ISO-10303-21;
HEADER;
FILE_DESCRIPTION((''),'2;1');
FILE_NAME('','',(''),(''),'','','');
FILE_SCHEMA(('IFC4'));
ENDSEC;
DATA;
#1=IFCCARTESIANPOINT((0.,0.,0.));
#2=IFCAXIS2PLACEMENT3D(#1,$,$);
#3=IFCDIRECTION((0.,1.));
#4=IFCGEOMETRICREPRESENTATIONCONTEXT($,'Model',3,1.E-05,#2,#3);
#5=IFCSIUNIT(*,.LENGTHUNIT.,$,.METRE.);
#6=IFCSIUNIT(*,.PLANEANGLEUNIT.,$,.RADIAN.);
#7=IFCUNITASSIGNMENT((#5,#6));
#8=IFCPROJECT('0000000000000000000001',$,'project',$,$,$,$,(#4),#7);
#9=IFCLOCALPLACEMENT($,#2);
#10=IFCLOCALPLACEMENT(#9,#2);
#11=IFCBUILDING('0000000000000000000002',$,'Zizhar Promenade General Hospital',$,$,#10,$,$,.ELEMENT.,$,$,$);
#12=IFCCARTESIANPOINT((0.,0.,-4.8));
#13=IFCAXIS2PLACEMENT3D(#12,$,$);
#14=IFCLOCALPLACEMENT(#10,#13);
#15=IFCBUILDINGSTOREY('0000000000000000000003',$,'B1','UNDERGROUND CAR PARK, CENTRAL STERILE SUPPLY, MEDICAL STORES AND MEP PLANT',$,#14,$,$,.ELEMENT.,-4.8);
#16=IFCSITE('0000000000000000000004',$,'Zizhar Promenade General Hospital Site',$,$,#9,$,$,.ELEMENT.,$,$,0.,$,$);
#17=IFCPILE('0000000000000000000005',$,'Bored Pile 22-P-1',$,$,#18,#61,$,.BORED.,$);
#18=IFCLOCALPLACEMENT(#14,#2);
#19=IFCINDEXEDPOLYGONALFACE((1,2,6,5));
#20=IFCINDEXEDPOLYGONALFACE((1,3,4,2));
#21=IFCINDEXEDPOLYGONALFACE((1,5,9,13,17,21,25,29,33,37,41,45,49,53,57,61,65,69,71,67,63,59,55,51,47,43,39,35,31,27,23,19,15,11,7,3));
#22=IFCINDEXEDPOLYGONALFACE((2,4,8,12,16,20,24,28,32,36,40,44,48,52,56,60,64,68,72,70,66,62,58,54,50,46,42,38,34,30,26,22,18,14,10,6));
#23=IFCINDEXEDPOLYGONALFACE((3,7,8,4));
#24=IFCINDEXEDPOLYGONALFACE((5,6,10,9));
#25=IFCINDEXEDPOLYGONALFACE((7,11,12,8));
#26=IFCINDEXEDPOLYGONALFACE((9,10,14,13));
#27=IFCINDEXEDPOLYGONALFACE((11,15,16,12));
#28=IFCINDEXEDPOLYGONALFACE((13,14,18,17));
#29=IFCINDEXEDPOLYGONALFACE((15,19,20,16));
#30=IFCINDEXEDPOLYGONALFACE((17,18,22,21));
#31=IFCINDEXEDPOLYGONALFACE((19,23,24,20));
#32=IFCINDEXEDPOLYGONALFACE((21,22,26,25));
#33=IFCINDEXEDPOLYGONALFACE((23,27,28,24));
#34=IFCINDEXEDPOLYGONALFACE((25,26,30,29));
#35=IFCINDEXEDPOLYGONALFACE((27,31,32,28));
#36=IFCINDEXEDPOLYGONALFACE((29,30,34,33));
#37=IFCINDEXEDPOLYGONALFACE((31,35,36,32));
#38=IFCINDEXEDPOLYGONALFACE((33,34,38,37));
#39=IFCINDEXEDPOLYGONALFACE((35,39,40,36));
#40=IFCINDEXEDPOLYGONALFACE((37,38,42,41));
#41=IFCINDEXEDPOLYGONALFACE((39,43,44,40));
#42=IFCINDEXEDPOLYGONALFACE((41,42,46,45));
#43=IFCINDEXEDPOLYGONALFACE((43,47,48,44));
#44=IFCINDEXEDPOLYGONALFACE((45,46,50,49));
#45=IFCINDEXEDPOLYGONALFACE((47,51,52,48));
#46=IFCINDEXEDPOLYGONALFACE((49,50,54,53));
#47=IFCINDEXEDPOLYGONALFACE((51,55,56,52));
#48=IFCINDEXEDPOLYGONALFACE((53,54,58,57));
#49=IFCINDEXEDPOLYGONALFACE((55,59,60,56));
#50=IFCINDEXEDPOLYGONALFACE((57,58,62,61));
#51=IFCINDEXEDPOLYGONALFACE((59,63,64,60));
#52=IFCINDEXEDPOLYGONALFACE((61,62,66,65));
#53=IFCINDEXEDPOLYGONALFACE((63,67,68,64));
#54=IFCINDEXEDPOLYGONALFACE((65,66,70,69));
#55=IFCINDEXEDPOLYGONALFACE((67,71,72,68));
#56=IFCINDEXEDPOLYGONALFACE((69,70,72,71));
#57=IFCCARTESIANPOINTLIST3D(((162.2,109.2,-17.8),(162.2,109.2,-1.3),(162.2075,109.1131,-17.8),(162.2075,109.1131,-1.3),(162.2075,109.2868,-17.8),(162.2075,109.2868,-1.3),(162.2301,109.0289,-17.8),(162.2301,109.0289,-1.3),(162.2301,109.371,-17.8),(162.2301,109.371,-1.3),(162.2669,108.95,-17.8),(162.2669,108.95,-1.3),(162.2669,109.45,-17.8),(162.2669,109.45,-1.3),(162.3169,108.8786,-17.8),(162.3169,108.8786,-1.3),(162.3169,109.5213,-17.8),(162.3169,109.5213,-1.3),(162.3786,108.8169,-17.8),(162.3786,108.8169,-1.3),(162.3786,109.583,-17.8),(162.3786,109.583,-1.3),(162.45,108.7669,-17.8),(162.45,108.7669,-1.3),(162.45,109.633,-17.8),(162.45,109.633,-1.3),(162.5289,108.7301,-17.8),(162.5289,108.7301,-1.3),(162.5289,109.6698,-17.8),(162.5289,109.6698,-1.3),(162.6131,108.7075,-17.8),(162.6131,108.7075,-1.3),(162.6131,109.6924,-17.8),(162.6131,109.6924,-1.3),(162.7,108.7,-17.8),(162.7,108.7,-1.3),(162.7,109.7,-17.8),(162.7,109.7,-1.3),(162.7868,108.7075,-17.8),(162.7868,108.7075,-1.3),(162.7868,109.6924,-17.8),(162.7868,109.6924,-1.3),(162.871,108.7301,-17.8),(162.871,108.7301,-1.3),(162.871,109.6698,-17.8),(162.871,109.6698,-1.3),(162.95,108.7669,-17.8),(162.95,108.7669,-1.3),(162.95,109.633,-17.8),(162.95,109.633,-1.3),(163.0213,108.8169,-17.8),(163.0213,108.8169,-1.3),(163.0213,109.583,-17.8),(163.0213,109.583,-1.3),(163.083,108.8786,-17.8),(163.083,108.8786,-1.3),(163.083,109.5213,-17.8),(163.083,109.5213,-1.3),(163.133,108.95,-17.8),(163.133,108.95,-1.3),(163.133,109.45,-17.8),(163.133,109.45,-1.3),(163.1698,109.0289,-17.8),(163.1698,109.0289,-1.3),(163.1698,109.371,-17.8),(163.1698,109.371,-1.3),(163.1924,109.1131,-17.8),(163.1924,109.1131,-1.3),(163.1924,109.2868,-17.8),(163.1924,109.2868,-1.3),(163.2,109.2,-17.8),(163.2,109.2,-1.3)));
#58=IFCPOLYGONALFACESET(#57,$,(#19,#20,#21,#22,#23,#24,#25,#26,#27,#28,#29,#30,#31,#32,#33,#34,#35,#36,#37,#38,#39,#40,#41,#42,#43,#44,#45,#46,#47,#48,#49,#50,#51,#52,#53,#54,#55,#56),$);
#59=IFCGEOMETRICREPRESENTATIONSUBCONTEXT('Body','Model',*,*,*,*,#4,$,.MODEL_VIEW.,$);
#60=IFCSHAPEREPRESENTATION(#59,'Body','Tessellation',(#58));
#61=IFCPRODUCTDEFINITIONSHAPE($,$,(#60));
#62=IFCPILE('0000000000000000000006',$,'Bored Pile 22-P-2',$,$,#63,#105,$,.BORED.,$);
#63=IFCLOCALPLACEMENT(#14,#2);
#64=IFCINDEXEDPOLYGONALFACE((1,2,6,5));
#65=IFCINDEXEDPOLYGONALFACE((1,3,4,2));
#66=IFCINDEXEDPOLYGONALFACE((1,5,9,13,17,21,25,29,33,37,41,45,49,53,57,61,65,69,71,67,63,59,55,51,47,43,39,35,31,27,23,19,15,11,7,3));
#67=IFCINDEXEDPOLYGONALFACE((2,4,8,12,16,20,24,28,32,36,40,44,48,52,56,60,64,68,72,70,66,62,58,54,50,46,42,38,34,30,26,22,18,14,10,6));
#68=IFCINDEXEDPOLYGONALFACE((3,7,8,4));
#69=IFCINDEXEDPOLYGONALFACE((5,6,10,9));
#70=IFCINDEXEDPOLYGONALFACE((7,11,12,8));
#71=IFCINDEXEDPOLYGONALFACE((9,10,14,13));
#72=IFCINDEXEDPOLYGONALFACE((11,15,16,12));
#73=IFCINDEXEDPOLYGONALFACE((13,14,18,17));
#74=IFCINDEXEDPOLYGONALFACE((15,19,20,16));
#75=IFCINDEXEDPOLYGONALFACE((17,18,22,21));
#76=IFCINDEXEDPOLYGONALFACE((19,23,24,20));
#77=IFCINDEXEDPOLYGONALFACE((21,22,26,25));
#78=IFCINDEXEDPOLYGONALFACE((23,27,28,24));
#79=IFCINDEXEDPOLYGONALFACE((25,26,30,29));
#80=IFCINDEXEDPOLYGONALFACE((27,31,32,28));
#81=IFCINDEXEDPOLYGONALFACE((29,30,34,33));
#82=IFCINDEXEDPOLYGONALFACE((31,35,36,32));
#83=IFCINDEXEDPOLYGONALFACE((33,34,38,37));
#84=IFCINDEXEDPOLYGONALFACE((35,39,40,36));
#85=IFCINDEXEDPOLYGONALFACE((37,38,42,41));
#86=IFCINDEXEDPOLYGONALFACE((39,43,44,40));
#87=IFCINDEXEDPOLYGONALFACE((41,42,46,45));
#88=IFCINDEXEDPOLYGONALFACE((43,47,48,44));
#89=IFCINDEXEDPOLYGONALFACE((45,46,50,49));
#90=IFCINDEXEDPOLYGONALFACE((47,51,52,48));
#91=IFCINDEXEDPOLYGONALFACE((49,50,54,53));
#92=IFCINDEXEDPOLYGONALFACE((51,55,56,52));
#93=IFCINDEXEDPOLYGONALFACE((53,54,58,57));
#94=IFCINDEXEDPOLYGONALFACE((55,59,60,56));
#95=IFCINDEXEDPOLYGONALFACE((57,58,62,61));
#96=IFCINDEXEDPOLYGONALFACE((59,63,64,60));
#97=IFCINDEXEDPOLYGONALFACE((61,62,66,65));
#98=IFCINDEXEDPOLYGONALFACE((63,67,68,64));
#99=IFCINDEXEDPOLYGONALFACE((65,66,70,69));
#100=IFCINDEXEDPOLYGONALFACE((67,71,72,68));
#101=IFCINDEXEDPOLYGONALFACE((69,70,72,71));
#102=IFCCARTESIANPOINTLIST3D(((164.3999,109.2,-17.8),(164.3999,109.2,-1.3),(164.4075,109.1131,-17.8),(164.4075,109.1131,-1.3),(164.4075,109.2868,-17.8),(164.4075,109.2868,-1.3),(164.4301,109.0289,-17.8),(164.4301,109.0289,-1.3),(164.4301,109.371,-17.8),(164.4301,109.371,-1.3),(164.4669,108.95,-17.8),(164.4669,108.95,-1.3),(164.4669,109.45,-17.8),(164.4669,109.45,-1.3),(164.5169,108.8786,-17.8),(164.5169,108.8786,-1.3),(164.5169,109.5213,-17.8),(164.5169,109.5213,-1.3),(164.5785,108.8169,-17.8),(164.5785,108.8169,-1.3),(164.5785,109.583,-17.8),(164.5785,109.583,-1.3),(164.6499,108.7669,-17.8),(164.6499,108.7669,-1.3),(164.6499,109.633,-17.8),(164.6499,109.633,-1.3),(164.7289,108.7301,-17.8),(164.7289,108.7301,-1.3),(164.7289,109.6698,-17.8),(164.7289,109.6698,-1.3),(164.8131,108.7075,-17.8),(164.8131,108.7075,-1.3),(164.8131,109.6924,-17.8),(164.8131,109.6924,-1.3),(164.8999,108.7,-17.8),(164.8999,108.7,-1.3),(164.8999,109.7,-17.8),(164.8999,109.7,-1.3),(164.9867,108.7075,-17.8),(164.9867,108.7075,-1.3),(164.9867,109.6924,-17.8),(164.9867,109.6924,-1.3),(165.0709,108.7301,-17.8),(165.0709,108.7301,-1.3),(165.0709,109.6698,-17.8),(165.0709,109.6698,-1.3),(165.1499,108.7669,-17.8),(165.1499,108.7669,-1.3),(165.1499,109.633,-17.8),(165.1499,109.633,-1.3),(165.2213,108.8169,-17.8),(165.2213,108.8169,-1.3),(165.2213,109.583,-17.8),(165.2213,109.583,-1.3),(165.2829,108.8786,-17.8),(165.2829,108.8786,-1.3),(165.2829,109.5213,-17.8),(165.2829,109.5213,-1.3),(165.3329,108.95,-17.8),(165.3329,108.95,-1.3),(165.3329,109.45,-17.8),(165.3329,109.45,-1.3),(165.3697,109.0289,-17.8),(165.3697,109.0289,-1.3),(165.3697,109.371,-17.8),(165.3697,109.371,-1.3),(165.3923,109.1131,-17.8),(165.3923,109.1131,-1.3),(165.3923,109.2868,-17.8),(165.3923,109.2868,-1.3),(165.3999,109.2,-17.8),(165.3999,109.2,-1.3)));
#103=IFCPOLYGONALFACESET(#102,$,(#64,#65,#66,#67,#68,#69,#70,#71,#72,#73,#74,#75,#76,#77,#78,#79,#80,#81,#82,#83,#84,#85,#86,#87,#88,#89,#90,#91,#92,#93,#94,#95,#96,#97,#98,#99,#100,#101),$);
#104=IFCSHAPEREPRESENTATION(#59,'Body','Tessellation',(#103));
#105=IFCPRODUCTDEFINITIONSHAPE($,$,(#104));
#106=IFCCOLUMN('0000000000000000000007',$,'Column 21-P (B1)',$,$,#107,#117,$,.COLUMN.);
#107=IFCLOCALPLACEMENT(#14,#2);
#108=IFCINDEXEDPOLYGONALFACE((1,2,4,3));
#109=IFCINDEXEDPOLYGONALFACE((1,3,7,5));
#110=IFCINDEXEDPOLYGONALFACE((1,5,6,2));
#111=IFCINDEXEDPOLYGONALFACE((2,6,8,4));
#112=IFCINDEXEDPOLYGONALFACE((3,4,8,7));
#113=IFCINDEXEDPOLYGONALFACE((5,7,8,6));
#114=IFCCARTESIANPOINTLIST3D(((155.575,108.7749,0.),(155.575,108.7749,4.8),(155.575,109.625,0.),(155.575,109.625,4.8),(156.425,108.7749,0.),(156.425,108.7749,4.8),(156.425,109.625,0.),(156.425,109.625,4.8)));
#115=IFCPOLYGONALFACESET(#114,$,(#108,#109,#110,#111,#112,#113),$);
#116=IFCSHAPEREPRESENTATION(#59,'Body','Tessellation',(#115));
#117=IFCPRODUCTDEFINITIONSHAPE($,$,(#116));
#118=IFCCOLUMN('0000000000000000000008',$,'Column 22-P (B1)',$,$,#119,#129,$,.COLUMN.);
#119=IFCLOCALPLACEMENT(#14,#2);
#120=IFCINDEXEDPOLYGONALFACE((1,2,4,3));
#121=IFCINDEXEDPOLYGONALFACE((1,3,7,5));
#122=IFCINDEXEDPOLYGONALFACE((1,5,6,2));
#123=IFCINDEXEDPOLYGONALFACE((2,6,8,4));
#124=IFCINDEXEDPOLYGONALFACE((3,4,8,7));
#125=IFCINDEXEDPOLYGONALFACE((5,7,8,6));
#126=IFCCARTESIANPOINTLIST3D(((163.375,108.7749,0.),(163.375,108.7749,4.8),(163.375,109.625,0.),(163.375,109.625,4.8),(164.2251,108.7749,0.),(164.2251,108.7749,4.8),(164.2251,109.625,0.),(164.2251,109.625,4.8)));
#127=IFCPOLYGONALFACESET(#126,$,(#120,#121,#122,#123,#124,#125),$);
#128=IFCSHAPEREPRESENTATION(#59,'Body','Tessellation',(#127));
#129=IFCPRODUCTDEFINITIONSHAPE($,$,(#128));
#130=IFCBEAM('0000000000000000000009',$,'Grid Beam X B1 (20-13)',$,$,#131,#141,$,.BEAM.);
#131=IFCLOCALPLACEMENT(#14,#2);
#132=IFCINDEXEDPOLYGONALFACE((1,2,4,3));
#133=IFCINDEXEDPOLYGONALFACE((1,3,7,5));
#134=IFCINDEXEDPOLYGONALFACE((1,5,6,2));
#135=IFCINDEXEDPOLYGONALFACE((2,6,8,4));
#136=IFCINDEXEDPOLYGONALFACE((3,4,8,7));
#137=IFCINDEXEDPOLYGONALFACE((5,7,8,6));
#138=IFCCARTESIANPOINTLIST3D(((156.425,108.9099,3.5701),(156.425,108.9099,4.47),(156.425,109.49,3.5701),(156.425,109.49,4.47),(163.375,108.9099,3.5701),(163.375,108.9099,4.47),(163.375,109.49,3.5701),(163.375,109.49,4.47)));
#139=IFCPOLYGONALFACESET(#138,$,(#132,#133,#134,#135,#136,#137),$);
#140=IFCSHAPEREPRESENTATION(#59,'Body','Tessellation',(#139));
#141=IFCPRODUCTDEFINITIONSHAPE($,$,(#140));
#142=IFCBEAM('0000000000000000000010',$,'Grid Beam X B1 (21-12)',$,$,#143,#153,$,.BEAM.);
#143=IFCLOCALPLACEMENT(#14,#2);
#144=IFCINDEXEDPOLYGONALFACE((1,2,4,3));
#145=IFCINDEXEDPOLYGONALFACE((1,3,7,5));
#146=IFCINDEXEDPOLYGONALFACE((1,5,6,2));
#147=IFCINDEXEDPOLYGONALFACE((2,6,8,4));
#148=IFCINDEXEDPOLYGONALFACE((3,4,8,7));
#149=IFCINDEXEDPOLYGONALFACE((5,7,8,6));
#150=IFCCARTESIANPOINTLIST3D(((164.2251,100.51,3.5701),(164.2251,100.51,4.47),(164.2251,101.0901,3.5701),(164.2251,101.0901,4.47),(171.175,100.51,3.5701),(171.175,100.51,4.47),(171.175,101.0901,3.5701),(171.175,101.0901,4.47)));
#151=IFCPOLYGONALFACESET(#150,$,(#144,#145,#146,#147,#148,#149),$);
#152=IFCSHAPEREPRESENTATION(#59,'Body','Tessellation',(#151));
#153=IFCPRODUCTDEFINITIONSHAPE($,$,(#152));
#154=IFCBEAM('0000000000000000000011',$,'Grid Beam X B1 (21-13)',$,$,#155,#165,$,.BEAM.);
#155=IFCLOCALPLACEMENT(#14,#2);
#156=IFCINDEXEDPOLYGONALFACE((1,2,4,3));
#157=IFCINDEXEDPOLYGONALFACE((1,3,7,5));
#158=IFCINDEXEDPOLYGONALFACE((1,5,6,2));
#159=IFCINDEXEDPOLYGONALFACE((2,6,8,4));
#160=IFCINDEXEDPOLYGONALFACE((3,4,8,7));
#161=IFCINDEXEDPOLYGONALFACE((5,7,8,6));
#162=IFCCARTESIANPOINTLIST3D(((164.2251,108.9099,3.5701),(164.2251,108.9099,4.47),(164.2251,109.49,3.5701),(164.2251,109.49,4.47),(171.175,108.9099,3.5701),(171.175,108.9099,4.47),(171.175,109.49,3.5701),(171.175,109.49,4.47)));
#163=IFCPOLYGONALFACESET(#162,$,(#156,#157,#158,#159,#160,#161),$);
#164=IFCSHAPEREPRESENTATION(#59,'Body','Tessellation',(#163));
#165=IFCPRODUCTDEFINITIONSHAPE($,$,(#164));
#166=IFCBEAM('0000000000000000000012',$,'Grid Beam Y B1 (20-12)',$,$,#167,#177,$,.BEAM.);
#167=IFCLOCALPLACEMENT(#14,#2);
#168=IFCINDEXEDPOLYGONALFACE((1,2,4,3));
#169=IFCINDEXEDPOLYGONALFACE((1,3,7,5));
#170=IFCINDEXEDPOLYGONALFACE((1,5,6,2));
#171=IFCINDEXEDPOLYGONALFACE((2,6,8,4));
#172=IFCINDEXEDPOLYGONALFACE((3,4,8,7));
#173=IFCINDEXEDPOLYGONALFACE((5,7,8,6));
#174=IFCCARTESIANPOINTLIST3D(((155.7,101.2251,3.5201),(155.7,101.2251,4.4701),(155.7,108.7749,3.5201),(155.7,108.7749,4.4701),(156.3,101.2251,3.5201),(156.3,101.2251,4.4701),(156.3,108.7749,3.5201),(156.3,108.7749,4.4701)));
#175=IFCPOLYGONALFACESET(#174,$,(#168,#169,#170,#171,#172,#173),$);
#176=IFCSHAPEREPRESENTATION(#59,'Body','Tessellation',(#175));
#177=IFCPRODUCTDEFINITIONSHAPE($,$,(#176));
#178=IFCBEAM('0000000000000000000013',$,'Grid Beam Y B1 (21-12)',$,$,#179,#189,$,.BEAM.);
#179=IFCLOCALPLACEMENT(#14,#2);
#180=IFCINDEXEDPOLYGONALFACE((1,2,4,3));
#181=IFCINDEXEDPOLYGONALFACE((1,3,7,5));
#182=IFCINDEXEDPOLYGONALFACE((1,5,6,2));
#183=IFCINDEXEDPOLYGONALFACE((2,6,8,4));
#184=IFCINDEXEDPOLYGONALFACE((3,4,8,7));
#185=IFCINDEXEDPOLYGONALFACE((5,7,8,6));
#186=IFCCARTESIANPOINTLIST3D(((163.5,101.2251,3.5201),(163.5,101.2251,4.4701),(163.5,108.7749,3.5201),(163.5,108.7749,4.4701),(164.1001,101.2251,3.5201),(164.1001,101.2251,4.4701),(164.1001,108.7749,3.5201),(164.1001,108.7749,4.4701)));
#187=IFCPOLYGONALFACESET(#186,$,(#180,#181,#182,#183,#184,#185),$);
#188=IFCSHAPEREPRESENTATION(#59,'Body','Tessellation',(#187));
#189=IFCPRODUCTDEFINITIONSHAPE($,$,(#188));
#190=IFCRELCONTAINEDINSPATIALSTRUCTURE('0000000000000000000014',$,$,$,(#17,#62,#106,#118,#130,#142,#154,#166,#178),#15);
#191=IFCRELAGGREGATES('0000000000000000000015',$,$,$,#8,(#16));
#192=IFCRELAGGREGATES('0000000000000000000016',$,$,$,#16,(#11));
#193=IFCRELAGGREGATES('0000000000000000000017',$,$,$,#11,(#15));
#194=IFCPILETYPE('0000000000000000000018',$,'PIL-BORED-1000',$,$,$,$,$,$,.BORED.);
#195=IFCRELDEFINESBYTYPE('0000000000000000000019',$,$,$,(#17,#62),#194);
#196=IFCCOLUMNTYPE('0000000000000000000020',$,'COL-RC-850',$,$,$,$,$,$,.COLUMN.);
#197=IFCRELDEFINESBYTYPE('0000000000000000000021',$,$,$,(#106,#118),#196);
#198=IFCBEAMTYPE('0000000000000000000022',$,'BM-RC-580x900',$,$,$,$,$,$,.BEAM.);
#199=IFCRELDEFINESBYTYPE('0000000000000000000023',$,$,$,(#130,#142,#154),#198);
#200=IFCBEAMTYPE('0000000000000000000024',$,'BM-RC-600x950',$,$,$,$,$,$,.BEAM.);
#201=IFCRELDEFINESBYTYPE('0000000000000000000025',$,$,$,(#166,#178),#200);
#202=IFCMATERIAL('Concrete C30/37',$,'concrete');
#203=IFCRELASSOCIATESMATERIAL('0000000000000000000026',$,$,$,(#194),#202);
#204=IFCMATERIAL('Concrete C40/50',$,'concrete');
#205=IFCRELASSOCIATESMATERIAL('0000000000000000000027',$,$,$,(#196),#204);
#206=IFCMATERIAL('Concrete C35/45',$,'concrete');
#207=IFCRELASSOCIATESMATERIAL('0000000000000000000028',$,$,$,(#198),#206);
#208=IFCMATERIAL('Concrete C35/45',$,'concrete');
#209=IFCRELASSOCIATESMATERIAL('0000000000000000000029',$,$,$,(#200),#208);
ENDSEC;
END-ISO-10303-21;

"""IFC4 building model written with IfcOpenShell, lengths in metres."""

from ifc_helpers import new_model, si_unit, direction, frame, origin, origin_2d, place, context, subcontext, project, spatial, rectangle, circle, extrude, material, material_profile, profile_set, type_object, element, save


model = new_model("IFC4")

# Units and contexts
model_context = context("Model", 3, precision=1e-05, world=origin(), true_north=direction((0.0, 1.0)))
body_context = subcontext(model_context, "Body", "Model", "MODEL_VIEW")
ifc_project = project(units=[si_unit("LENGTHUNIT", "METRE"), si_unit("PLANEANGLEUNIT", "RADIAN")], contexts=[model_context])

# Site, building, storey
site_placement = place(None, origin())
site = spatial("IfcSite", under=ifc_project, at=site_placement, Name="Zizhar Promenade General Hospital Site", CompositionType="ELEMENT", RefElevation=0.0)
building_placement = place(site_placement, origin())
building = spatial("IfcBuilding", under=site, at=building_placement, Name="Zizhar Promenade General Hospital", CompositionType="ELEMENT")
storey_placement = place(building_placement, frame((0.0, 0.0, -4.8)))
storey = spatial("IfcBuildingStorey", under=building, at=storey_placement, Name="B1", Description="UNDERGROUND CAR PARK, CENTRAL STERILE SUPPLY, MEDICAL STORES AND MEP PLANT", CompositionType="ELEMENT", Elevation=-4.8)

# Piles
ifc_material_1 = material(Name="Concrete C30/37", Category="concrete")
ifc_material_profile_1 = material_profile(ifc_material_1, circle(Radius=0.5, at=origin_2d()))
ifc_profile_set_1 = profile_set([ifc_material_profile_1], Name="Concrete C30/37")
pile_type = type_object("IfcPileType", Name="PIL-BORED-1000", PredefinedType="BORED", material=ifc_profile_set_1)
for number, where, z_axis, x_axis, name in (
    (1, (162.7, 109.2, -1.3), (0.0, 0.0, -1.0), (1.0, 0.0, 0.0), "Bored Pile 22-P-1"),
    (2, (164.8999, 109.2, -1.3), (0.0, 0.0, -1.0), (1.0, 0.0, 0.0), "Bored Pile 22-P-2"),
):
    element("IfcPile", number, at=place(storey_placement, frame(where, z_axis=z_axis, x_axis=x_axis)), inside=storey, type_object=pile_type, Name=name, PredefinedType="BORED", context=body_context, shape_type="SweptSolid", body=[
        extrude(circle(Radius=0.5, at=origin_2d()), origin(), (0.0, 0.0, 1.0), 16.5),
    ])

# Columns
ifc_material_2 = material(Name="Concrete C40/50", Category="concrete")
ifc_material_profile_2 = material_profile(ifc_material_2, rectangle(XDim=0.8501, YDim=0.8501, at=origin_2d()))
ifc_profile_set_2 = profile_set([ifc_material_profile_2], Name="Concrete C40/50")
column_type = type_object("IfcColumnType", Name="COL-RC-850", PredefinedType="COLUMN", material=ifc_profile_set_2)
for number, where, z_axis, x_axis, name in (
    (3, (156.0, 109.2, 0.0), (0.0, 0.0, 1.0), (1.0, 0.0, 0.0), "Column 21-P (B1)"),
    (4, (163.8, 109.2, 0.0), (0.0, 0.0, 1.0), (1.0, 0.0, 0.0), "Column 22-P (B1)"),
):
    element("IfcColumn", number, at=place(storey_placement, frame(where, z_axis=z_axis, x_axis=x_axis)), inside=storey, type_object=column_type, Name=name, PredefinedType="COLUMN", context=body_context, shape_type="SweptSolid", body=[
        extrude(rectangle(XDim=0.8501, YDim=0.8501, at=origin_2d()), origin(), (0.0, 0.0, 1.0), 4.8),
    ])

# Beams
ifc_material_3 = material(Name="Concrete C35/45", Category="concrete")
ifc_material_profile_3 = material_profile(ifc_material_3, rectangle(XDim=0.5801, YDim=0.8999, at=origin_2d()))
ifc_profile_set_3 = profile_set([ifc_material_profile_3], Name="Concrete C35/45")
beam_type_1 = type_object("IfcBeamType", Name="BM-RC-580x900", PredefinedType="BEAM", material=ifc_profile_set_3)
for number, where, z_axis, x_axis, name in (
    (5, (156.425, 109.2, 4.02), (1.0, 0.0, 0.0), (0.0, 1.0, 0.0), "Grid Beam X B1 (20-13)"),
    (6, (164.2251, 100.8, 4.02), (1.0, 0.0, 0.0), (0.0, 1.0, 0.0), "Grid Beam X B1 (21-12)"),
    (7, (164.2251, 109.2, 4.02), (1.0, 0.0, 0.0), (0.0, 1.0, 0.0), "Grid Beam X B1 (21-13)"),
):
    element("IfcBeam", number, at=place(storey_placement, frame(where, z_axis=z_axis, x_axis=x_axis)), inside=storey, type_object=beam_type_1, Name=name, PredefinedType="BEAM", context=body_context, shape_type="SweptSolid", body=[
        extrude(rectangle(XDim=0.5801, YDim=0.8999, at=origin_2d()), origin(), (0.0, 0.0, 1.0), 6.95),
    ])
ifc_material_4 = material(Name="Concrete C35/45", Category="concrete")
ifc_material_profile_4 = material_profile(ifc_material_4, rectangle(XDim=0.6001, YDim=0.95, at=origin_2d()))
ifc_profile_set_4 = profile_set([ifc_material_profile_4], Name="Concrete C35/45")
beam_type_2 = type_object("IfcBeamType", Name="BM-RC-600x950", PredefinedType="BEAM", material=ifc_profile_set_4)
for number, where, z_axis, x_axis, name in (
    (8, (156.0, 101.2251, 3.9951), (0.0, 1.0, 0.0), (-1.0, 0.0, 0.0), "Grid Beam Y B1 (20-12)"),
    (9, (163.8, 101.2251, 3.9951), (0.0, 1.0, 0.0), (-1.0, 0.0, 0.0), "Grid Beam Y B1 (21-12)"),
):
    element("IfcBeam", number, at=place(storey_placement, frame(where, z_axis=z_axis, x_axis=x_axis)), inside=storey, type_object=beam_type_2, Name=name, PredefinedType="BEAM", context=body_context, shape_type="SweptSolid", body=[
        extrude(rectangle(XDim=0.6001, YDim=0.95, at=origin_2d()), origin(), (0.0, 0.0, 1.0), 7.5498),
    ])

save(model, "model.ifc")
